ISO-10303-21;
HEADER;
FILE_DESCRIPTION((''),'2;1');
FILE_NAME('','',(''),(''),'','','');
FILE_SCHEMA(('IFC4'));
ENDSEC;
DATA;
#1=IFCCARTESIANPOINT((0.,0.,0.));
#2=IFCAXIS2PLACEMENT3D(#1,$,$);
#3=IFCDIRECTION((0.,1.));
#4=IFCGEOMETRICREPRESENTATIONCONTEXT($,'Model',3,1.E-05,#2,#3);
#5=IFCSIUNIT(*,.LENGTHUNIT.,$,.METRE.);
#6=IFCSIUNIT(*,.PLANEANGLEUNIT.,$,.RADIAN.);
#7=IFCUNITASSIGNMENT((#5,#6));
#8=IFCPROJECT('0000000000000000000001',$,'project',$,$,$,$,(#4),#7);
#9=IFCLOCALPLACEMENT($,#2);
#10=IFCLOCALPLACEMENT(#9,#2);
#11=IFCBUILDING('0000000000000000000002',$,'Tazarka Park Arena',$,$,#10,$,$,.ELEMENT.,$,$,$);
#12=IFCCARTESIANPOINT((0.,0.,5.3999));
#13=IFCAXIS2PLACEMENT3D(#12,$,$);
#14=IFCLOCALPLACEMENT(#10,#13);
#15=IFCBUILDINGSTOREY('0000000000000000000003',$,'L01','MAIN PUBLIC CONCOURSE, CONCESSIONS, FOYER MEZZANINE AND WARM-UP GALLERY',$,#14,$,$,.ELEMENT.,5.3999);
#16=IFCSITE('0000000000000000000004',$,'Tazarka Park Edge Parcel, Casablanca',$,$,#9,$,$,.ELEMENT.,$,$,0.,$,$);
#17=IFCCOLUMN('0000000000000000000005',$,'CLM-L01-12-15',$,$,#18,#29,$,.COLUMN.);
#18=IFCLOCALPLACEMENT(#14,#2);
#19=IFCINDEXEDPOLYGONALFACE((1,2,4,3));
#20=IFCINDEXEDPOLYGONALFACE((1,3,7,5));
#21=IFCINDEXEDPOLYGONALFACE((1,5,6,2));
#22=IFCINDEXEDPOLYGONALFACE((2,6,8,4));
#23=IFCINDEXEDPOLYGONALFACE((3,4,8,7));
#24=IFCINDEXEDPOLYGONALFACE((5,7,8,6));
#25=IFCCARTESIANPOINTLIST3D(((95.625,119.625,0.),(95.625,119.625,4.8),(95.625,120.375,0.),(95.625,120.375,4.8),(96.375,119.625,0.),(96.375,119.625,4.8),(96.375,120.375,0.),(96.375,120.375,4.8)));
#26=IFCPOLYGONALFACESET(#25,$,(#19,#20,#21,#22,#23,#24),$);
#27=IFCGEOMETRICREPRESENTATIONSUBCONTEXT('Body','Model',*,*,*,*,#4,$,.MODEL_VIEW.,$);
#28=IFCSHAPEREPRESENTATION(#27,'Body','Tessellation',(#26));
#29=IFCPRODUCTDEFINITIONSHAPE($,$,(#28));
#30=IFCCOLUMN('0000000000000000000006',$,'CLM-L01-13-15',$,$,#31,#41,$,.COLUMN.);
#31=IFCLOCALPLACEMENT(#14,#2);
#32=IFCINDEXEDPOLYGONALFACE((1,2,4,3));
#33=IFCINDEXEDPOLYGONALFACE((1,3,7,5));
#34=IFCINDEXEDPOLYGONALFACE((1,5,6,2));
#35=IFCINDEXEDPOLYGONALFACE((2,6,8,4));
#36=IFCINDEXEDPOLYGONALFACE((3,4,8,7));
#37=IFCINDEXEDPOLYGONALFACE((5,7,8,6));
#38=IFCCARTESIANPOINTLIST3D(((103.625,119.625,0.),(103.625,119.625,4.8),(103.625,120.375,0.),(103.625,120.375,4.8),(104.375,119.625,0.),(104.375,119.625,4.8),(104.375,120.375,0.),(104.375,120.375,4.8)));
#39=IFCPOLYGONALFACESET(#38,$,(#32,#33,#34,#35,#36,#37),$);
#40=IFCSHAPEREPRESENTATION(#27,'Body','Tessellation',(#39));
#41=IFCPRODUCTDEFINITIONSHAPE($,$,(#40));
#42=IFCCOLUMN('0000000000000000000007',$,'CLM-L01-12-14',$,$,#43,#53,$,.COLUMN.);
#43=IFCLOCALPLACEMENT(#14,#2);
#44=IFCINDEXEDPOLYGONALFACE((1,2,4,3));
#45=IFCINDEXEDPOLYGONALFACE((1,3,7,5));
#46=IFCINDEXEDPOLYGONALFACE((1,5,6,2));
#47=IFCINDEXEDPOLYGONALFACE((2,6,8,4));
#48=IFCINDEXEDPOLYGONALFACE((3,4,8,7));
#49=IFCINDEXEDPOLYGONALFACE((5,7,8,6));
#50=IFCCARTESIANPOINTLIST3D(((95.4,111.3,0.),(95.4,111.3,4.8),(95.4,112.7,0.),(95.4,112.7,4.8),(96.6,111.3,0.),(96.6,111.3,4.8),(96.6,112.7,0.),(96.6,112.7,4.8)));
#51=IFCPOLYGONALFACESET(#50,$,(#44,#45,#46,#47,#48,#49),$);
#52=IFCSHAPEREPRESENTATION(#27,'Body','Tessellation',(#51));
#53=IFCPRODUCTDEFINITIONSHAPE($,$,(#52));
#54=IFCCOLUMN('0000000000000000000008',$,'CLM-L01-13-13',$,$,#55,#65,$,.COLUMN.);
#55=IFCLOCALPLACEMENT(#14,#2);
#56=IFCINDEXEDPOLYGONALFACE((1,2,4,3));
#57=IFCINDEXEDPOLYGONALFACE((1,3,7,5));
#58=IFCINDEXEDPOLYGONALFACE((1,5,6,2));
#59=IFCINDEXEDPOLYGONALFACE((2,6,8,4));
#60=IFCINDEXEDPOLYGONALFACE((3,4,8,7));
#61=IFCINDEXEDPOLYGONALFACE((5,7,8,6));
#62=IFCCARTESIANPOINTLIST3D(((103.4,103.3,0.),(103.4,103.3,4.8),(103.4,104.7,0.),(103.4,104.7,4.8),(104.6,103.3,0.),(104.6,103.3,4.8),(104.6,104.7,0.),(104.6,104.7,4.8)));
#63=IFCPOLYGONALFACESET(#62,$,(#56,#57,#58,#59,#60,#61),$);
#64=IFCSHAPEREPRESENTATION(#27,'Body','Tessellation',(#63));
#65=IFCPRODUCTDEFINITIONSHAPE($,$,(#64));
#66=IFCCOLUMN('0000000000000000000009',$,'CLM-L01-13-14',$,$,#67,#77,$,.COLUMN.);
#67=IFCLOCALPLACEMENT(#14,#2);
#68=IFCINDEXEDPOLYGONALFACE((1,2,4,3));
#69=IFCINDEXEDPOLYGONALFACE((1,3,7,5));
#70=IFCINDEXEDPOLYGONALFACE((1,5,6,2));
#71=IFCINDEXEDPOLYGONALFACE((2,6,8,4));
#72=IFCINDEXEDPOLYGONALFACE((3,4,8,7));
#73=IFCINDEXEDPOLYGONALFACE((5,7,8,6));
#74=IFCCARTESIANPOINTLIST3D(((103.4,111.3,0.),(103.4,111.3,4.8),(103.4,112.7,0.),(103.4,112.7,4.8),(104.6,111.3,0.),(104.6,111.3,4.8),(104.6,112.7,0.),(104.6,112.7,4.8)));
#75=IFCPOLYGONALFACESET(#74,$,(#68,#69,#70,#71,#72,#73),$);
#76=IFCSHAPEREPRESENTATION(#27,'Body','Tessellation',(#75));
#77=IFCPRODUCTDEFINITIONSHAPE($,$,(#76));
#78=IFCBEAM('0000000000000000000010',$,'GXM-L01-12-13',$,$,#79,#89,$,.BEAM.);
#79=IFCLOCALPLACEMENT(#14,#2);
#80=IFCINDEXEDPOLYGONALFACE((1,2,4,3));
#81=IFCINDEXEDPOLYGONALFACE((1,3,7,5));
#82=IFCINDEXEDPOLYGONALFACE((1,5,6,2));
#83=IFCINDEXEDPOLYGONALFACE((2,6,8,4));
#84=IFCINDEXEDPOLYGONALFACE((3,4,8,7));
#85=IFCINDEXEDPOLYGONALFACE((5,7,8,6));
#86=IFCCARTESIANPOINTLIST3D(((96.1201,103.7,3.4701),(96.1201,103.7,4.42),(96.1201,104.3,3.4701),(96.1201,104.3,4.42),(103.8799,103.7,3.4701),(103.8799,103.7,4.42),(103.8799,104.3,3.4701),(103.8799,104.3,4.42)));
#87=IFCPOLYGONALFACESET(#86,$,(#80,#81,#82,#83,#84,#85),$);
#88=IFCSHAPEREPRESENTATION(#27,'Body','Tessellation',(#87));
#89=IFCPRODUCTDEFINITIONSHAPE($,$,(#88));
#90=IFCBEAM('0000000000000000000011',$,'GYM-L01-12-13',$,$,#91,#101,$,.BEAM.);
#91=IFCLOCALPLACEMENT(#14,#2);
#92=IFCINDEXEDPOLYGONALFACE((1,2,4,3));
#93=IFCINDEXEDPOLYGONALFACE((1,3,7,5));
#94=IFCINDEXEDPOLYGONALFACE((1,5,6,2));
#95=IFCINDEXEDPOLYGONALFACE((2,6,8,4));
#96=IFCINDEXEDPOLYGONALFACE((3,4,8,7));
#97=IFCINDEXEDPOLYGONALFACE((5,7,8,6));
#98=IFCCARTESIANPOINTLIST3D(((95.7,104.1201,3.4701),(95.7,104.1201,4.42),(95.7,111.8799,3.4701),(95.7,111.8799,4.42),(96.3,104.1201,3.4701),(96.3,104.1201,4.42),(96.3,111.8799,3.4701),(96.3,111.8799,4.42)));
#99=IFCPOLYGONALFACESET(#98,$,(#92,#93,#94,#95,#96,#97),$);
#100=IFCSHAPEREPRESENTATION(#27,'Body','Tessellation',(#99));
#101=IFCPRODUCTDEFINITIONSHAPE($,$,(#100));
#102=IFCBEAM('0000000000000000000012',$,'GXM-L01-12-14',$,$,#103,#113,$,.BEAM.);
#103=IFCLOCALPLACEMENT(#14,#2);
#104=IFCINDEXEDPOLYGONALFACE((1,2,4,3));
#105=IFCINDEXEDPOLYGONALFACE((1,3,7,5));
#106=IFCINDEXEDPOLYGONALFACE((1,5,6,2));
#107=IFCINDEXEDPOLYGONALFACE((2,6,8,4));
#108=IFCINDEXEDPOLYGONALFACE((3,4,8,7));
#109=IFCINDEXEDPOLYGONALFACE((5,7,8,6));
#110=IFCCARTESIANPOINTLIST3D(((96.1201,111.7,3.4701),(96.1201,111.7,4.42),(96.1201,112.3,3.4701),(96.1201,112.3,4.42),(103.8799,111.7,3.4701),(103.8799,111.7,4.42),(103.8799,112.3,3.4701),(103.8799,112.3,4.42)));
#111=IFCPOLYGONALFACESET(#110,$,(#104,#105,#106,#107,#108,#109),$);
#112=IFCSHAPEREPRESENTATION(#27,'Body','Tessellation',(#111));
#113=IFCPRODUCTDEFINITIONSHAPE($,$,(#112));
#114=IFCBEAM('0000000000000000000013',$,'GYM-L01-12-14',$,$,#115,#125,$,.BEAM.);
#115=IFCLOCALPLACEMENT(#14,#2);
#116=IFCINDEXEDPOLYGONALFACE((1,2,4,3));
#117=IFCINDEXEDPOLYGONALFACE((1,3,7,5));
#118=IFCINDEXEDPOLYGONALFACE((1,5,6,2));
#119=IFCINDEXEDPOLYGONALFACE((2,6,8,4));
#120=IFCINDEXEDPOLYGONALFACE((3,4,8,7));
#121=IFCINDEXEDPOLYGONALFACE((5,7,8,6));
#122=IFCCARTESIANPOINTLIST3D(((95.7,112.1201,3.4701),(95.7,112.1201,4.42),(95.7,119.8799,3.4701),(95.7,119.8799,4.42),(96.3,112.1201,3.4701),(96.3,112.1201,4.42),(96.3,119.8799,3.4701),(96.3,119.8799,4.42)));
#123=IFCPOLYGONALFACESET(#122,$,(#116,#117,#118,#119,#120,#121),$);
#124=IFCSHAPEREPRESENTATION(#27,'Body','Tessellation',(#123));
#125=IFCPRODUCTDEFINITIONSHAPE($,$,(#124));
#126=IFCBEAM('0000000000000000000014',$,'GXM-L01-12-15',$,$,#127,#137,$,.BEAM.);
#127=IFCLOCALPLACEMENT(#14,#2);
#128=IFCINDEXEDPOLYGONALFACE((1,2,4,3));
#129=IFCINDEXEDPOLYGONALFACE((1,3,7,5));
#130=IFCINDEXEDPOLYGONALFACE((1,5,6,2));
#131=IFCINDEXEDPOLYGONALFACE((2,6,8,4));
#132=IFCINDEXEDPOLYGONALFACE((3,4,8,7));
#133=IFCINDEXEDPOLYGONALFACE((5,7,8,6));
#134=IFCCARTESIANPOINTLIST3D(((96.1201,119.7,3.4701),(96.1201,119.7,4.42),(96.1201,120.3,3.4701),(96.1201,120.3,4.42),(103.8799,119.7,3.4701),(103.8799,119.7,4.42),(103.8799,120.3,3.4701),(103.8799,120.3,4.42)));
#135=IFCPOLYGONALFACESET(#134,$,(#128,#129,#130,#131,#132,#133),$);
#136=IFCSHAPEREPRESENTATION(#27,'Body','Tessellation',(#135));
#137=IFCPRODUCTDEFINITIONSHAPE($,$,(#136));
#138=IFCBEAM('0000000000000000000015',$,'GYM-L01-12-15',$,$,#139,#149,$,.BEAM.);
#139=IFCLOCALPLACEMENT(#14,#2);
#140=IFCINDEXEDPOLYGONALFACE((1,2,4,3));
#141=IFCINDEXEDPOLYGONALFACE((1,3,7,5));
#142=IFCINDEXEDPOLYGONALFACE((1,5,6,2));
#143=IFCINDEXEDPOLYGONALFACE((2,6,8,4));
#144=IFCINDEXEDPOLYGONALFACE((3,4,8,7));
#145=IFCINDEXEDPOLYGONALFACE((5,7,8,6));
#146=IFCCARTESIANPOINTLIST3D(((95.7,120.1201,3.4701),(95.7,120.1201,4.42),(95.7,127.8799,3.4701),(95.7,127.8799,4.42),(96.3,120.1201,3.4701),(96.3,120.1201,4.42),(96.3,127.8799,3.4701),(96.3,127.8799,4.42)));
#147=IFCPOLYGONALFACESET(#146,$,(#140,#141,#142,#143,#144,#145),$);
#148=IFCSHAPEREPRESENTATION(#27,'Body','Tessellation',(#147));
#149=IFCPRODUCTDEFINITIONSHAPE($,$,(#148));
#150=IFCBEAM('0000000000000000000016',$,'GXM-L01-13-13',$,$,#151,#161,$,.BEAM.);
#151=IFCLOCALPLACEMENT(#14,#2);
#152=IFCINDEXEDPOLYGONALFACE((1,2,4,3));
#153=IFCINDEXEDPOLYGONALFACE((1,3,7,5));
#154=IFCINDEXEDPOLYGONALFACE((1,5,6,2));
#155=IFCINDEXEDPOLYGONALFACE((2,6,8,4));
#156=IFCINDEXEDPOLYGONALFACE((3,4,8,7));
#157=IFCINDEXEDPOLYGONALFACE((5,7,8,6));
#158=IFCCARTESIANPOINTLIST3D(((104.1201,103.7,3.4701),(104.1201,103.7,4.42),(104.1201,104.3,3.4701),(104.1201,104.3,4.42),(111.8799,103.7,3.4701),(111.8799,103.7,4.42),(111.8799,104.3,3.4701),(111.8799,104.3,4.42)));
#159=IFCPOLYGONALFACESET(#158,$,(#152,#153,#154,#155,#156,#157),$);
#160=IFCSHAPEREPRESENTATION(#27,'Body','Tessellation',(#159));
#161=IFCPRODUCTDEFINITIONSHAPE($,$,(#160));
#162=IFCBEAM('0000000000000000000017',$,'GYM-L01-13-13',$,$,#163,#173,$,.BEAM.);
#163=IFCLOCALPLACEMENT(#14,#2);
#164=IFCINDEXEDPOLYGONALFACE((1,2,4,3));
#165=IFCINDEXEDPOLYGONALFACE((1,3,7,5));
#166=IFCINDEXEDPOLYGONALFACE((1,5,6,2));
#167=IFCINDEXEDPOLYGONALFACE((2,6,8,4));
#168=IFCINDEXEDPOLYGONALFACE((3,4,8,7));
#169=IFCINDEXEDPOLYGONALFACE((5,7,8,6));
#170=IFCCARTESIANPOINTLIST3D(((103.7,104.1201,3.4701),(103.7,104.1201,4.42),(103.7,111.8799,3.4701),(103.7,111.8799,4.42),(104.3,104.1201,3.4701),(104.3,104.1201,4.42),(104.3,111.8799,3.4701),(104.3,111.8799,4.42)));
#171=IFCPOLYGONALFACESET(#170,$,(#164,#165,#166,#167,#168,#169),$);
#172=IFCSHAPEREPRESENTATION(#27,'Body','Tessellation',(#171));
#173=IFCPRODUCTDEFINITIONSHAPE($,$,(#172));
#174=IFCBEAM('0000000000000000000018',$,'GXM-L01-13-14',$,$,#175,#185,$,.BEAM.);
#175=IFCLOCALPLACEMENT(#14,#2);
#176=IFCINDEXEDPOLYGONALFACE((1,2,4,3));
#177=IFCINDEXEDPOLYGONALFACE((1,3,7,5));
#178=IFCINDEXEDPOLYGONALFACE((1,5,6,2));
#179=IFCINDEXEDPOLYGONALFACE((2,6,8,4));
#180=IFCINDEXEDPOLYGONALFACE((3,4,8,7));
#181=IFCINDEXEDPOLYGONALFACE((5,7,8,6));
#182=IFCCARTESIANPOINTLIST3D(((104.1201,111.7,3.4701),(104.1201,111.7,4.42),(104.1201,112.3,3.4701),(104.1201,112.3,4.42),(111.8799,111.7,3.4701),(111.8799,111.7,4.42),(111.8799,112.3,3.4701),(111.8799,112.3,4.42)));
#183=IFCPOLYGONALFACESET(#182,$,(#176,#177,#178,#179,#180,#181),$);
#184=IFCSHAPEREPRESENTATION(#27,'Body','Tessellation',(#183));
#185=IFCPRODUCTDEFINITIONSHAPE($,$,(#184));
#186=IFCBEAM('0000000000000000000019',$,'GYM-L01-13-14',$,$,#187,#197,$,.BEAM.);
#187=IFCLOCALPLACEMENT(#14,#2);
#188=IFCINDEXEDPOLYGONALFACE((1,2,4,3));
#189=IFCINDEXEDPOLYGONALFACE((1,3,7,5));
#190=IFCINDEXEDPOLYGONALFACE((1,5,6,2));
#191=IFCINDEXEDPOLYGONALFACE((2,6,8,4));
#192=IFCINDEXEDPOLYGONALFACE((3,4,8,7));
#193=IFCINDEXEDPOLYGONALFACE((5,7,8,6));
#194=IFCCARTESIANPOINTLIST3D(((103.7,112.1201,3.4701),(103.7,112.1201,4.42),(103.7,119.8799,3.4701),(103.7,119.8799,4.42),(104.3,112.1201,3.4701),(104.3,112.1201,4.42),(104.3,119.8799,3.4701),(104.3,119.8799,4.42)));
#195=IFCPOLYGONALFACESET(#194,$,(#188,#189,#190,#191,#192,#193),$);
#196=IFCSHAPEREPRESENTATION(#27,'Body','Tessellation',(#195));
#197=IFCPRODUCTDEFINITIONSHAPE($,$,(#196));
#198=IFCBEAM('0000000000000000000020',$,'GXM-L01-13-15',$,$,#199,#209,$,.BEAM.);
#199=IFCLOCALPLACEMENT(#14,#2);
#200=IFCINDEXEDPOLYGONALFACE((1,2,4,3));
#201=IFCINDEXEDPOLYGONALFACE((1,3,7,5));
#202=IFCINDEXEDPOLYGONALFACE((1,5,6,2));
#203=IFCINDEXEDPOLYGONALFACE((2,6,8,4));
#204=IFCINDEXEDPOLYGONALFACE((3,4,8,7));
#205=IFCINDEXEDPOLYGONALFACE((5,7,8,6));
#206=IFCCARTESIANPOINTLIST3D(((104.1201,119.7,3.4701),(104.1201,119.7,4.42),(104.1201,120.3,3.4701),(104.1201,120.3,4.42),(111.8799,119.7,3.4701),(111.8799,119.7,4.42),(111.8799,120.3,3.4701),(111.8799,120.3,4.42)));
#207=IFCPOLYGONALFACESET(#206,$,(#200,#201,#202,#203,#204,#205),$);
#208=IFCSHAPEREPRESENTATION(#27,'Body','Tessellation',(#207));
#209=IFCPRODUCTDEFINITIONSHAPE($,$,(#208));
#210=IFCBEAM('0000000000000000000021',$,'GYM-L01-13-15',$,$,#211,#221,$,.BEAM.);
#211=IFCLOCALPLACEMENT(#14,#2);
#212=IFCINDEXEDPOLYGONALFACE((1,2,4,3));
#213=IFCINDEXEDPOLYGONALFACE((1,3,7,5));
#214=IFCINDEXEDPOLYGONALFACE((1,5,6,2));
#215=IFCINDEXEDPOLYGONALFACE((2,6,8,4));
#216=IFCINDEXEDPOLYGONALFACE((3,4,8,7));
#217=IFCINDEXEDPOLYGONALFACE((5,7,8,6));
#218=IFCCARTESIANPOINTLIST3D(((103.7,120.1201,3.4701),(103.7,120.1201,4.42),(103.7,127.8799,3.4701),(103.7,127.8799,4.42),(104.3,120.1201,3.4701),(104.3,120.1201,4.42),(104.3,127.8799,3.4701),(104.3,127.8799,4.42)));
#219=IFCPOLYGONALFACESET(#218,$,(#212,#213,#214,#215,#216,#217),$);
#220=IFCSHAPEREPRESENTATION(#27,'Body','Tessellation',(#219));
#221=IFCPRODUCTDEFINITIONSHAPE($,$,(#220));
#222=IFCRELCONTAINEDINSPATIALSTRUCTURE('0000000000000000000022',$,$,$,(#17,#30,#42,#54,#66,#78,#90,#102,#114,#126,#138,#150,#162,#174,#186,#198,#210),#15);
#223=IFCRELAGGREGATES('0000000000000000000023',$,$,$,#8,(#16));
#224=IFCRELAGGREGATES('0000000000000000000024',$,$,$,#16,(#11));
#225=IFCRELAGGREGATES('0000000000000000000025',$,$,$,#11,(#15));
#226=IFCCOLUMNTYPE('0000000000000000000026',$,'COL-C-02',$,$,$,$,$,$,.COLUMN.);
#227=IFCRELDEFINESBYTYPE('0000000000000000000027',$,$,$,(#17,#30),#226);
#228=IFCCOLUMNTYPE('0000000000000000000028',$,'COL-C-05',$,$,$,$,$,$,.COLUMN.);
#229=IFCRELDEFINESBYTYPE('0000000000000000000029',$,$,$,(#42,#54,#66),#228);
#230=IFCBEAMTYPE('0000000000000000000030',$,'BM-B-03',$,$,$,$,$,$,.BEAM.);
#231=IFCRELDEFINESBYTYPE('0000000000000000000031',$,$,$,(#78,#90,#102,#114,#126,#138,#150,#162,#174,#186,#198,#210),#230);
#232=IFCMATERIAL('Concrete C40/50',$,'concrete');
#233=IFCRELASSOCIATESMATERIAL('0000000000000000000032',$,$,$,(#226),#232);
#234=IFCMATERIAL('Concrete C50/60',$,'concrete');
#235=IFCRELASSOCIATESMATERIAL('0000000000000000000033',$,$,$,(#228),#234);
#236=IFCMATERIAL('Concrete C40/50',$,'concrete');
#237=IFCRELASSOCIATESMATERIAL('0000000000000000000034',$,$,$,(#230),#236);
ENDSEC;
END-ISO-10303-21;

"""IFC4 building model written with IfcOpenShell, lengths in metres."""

from ifc_helpers import new_model, si_unit, direction, frame, origin, origin_2d, place, context, subcontext, project, spatial, rectangle, extrude, material, material_profile, profile_set, type_object, element, save


model = new_model("IFC4")

# Units and contexts
model_context = context("Model", 3, precision=1e-05, world=origin(), true_north=direction((0.0, 1.0)))
body_context = subcontext(model_context, "Body", "Model", "MODEL_VIEW")
ifc_project = project(units=[si_unit("LENGTHUNIT", "METRE"), si_unit("PLANEANGLEUNIT", "RADIAN")], contexts=[model_context])

# Site, building, storey
site_placement = place(None, origin())
site = spatial("IfcSite", under=ifc_project, at=site_placement, Name="Tazarka Park Edge Parcel, Casablanca", CompositionType="ELEMENT", RefElevation=0.0)
building_placement = place(site_placement, origin())
building = spatial("IfcBuilding", under=site, at=building_placement, Name="Tazarka Park Arena", CompositionType="ELEMENT")
storey_placement = place(building_placement, frame((0.0, 0.0, 5.3999)))
storey = spatial("IfcBuildingStorey", under=building, at=storey_placement, Name="L01", Description="MAIN PUBLIC CONCOURSE, CONCESSIONS, FOYER MEZZANINE AND WARM-UP GALLERY", CompositionType="ELEMENT", Elevation=5.3999)

# Columns
ifc_material_1 = material(Name="Concrete C40/50", Category="concrete")
ifc_material_profile_1 = material_profile(ifc_material_1, rectangle(XDim=0.75, YDim=0.75, at=origin_2d()), Name="Concrete C40/50")
ifc_profile_set_1 = profile_set([ifc_material_profile_1], Name="Concrete C40/50")
column_type_1 = type_object("IfcColumnType", Name="COL-C-02", PredefinedType="COLUMN", material=ifc_profile_set_1)
for number, where, z_axis, x_axis, name in (
    (1, (96.0, 120.0, 0.0), (0.0, 0.0, 1.0), (1.0, 0.0, 0.0), "CLM-L01-12-15"),
    (2, (104.0, 120.0, 0.0), (0.0, 0.0, 1.0), (1.0, 0.0, 0.0), "CLM-L01-13-15"),
):
    element("IfcColumn", number, at=place(storey_placement, frame(where, z_axis=z_axis, x_axis=x_axis)), inside=storey, type_object=column_type_1, Name=name, PredefinedType="COLUMN", context=body_context, shape_type="SweptSolid", body=[
        extrude(rectangle(XDim=0.75, YDim=0.75, at=origin_2d()), origin(), (0.0, 0.0, 1.0), 4.8),
    ])
ifc_material_2 = material(Name="Concrete C50/60", Category="concrete")
ifc_material_profile_2 = material_profile(ifc_material_2, rectangle(XDim=1.2, YDim=1.3999, at=origin_2d()), Name="Concrete C50/60")
ifc_profile_set_2 = profile_set([ifc_material_profile_2], Name="Concrete C50/60")
column_type_2 = type_object("IfcColumnType", Name="COL-C-05", PredefinedType="COLUMN", material=ifc_profile_set_2)
for number, where, z_axis, x_axis, name in (
    (3, (96.0, 112.0, 0.0), (0.0, 0.0, 1.0), (1.0, 0.0, 0.0), "CLM-L01-12-14"),
    (4, (104.0, 104.0, 0.0), (0.0, 0.0, 1.0), (1.0, 0.0, 0.0), "CLM-L01-13-13"),
    (5, (104.0, 112.0, 0.0), (0.0, 0.0, 1.0), (1.0, 0.0, 0.0), "CLM-L01-13-14"),
):
    element("IfcColumn", number, at=place(storey_placement, frame(where, z_axis=z_axis, x_axis=x_axis)), inside=storey, type_object=column_type_2, Name=name, PredefinedType="COLUMN", context=body_context, shape_type="SweptSolid", body=[
        extrude(rectangle(XDim=1.2, YDim=1.3999, at=origin_2d()), origin(), (0.0, 0.0, 1.0), 4.8),
    ])

# Beams
ifc_material_3 = material(Name="Concrete C40/50", Category="concrete")
ifc_material_profile_3 = material_profile(ifc_material_3, rectangle(XDim=0.6001, YDim=0.95, at=origin_2d()), Name="Concrete C40/50")
ifc_profile_set_3 = profile_set([ifc_material_profile_3], Name="Concrete C40/50")
beam_type_1 = type_object("IfcBeamType", Name="BM-B-03", PredefinedType="BEAM", material=ifc_profile_set_3)
for number, where, z_axis, x_axis, name in (
    (6, (96.1201, 104.0, 3.9451), (1.0, 0.0, 0.0), (0.0, 1.0, 0.0), "GXM-L01-12-13"),
    (7, (96.0, 104.1201, 3.9451), (0.0, 1.0, 0.0), (-1.0, 0.0, 0.0), "GYM-L01-12-13"),
    (8, (96.1201, 112.0, 3.9451), (1.0, 0.0, 0.0), (0.0, 1.0, 0.0), "GXM-L01-12-14"),
    (9, (96.0, 112.1201, 3.9451), (0.0, 1.0, 0.0), (-1.0, 0.0, 0.0), "GYM-L01-12-14"),
    (10, (96.1201, 120.0, 3.9451), (1.0, 0.0, 0.0), (0.0, 1.0, 0.0), "GXM-L01-12-15"),
    (11, (96.0, 120.1201, 3.9451), (0.0, 1.0, 0.0), (-1.0, 0.0, 0.0), "GYM-L01-12-15"),
    (12, (104.1201, 104.0, 3.9451), (1.0, 0.0, 0.0), (0.0, 1.0, 0.0), "GXM-L01-13-13"),
    (13, (104.0, 104.1201, 3.9451), (0.0, 1.0, 0.0), (-1.0, 0.0, 0.0), "GYM-L01-13-13"),
    (14, (104.1201, 112.0, 3.9451), (1.0, 0.0, 0.0), (0.0, 1.0, 0.0), "GXM-L01-13-14"),
    (15, (104.0, 112.1201, 3.9451), (0.0, 1.0, 0.0), (-1.0, 0.0, 0.0), "GYM-L01-13-14"),
    (16, (104.1201, 120.0, 3.9451), (1.0, 0.0, 0.0), (0.0, 1.0, 0.0), "GXM-L01-13-15"),
    (17, (104.0, 120.1201, 3.9451), (0.0, 1.0, 0.0), (-1.0, 0.0, 0.0), "GYM-L01-13-15"),
):
    element("IfcBeam", number, at=place(storey_placement, frame(where, z_axis=z_axis, x_axis=x_axis)), inside=storey, type_object=beam_type_1, Name=name, PredefinedType="BEAM", context=body_context, shape_type="SweptSolid", body=[
        extrude(rectangle(XDim=0.6001, YDim=0.95, at=origin_2d()), origin(), (0.0, 0.0, 1.0), 7.7598),
    ])

save(model, "model.ifc")
